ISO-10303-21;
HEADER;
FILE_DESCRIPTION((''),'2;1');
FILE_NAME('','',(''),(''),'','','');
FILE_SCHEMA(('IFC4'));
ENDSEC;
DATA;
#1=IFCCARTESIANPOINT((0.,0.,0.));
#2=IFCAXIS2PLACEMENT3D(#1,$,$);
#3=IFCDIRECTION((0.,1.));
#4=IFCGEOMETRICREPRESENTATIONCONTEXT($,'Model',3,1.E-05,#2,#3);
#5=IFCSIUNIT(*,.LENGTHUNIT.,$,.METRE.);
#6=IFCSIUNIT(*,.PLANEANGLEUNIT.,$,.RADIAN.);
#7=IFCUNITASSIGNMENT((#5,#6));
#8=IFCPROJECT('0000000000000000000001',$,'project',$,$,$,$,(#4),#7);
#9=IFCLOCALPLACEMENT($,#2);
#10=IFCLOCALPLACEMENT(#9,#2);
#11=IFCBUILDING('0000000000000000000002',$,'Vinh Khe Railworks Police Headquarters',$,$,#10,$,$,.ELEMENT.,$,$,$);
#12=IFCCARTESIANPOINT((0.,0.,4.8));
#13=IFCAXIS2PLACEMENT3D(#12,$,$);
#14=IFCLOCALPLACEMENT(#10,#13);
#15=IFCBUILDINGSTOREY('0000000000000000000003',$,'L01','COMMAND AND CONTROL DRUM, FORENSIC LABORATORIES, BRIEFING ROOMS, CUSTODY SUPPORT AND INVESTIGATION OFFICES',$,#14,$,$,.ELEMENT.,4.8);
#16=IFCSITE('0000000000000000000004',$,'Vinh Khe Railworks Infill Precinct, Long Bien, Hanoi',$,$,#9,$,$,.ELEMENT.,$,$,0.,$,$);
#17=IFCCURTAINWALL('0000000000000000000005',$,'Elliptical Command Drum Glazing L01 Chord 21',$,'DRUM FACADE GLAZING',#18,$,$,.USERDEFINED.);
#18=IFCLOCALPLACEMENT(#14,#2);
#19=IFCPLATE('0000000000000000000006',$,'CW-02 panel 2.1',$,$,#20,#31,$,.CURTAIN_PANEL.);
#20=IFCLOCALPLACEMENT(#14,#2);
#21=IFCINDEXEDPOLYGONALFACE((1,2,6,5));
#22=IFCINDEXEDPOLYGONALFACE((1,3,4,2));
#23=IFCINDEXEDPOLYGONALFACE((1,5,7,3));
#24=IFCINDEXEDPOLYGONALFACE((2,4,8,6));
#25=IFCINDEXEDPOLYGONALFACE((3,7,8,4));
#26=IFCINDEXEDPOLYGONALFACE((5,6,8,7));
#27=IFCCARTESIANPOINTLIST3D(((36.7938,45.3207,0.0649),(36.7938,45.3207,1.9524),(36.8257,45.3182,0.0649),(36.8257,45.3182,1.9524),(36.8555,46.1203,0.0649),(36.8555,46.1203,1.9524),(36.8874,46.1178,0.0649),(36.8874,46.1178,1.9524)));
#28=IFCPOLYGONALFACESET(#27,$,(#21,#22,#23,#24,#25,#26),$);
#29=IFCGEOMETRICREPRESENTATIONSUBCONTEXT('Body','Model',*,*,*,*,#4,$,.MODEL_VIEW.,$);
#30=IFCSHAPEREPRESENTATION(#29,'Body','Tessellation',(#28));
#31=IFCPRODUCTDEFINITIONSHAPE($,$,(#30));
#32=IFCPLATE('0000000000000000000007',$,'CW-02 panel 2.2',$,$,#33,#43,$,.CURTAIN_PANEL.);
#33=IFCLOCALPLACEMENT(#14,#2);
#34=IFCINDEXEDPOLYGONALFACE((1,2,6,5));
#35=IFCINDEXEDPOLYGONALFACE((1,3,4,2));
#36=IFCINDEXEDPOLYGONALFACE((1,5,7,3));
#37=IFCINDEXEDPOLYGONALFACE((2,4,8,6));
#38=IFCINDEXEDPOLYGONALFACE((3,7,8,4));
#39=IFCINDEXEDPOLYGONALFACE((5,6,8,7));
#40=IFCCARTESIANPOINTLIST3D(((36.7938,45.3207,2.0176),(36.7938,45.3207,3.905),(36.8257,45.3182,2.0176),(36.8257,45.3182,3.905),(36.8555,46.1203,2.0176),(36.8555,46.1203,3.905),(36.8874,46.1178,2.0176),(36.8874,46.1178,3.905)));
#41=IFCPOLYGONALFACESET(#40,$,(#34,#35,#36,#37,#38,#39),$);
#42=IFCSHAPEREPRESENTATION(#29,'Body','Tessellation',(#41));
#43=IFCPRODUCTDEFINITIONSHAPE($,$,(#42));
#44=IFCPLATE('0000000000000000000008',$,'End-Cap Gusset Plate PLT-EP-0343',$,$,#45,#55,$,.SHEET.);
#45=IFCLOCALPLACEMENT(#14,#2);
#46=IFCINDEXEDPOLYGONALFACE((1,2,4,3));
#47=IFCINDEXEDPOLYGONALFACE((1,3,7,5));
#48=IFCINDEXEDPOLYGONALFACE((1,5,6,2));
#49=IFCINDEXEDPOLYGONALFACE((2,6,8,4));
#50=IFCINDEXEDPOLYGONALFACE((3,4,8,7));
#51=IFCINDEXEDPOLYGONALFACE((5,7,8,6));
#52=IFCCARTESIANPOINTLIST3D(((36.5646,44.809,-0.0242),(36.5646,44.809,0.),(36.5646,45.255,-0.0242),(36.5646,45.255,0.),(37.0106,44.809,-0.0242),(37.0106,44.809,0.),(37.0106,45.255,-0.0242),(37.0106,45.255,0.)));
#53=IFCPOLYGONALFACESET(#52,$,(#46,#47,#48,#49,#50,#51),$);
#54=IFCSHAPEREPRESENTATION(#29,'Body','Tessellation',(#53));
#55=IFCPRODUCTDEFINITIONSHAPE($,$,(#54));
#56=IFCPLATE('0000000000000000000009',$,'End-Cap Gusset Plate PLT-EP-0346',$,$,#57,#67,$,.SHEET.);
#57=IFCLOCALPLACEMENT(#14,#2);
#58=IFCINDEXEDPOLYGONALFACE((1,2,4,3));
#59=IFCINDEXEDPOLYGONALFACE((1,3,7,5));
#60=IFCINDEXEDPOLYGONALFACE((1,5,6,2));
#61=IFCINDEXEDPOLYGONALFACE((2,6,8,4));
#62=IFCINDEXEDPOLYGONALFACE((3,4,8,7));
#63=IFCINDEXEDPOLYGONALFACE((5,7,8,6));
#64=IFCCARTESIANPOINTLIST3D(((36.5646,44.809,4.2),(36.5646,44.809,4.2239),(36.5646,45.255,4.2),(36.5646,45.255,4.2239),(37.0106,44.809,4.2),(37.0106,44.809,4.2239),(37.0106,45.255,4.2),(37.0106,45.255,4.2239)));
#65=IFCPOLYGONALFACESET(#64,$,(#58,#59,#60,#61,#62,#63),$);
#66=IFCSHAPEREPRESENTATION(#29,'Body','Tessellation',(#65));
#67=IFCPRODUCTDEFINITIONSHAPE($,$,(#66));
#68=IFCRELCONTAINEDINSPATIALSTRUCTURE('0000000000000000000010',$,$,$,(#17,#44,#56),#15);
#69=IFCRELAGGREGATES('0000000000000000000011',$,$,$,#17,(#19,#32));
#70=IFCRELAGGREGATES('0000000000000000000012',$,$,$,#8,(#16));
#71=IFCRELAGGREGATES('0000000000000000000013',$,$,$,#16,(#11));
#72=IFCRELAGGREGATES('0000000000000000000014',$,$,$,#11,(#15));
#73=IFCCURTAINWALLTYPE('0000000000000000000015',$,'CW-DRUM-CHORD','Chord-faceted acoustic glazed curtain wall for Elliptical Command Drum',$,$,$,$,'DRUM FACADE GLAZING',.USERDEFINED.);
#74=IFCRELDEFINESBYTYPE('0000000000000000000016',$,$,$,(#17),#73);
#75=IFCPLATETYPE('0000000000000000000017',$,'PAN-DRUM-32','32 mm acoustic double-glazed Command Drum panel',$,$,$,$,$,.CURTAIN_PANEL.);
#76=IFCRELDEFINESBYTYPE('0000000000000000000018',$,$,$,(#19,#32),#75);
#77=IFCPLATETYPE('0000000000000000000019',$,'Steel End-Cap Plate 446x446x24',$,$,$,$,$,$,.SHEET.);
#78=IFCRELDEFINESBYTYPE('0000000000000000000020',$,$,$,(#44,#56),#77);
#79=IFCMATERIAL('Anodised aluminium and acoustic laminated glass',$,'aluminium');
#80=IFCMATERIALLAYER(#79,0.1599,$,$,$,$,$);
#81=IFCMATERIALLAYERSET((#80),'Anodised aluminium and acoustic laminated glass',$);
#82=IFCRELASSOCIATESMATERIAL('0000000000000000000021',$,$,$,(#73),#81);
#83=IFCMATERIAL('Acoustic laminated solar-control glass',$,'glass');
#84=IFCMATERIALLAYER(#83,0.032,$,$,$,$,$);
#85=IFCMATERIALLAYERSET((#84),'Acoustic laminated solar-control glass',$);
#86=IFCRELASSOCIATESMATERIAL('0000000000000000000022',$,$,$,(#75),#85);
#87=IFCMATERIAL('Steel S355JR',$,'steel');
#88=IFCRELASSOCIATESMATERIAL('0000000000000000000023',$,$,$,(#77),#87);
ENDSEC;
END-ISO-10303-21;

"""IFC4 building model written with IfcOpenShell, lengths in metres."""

from ifc_helpers import new_model, si_unit, direction, frame, origin, origin_2d, place, context, subcontext, project, spatial, rectangle, extrude, material, layer, layer_set, material_profile, profile_set, type_object, element, aggregate, save


model = new_model("IFC4")

# Units and contexts
model_context = context("Model", 3, precision=1e-05, world=origin(), true_north=direction((0.0, 1.0)))
body_context = subcontext(model_context, "Body", "Model", "MODEL_VIEW")
ifc_project = project(units=[si_unit("LENGTHUNIT", "METRE"), si_unit("PLANEANGLEUNIT", "RADIAN")], contexts=[model_context])

# Site, building, storey
site_placement = place(None, origin())
site = spatial("IfcSite", under=ifc_project, at=site_placement, Name="Vinh Khe Railworks Infill Precinct, Long Bien, Hanoi", CompositionType="ELEMENT", RefElevation=0.0)
building_placement = place(site_placement, origin())
building = spatial("IfcBuilding", under=site, at=building_placement, Name="Vinh Khe Railworks Police Headquarters", CompositionType="ELEMENT")
storey_placement = place(building_placement, frame((0.0, 0.0, 4.8)))
storey = spatial("IfcBuildingStorey", under=building, at=storey_placement, Name="L01", Description="COMMAND AND CONTROL DRUM, FORENSIC LABORATORIES, BRIEFING ROOMS, CUSTODY SUPPORT AND INVESTIGATION OFFICES", CompositionType="ELEMENT", Elevation=4.8)

# Shared definitions
ifc_material_1 = material(Name="Steel S355JR", Category="steel")

# Curtain wall
ifc_material_2 = material(Name="Anodised aluminium and acoustic laminated glass", Category="aluminium")
ifc_layer_1 = layer(ifc_material_2, 0.1599)
ifc_layer_set_1 = layer_set([ifc_layer_1], Name="Anodised aluminium and acoustic laminated glass")
curtain_wall_type = type_object("IfcCurtainWallType", Name="CW-DRUM-CHORD", Description="Chord-faceted acoustic glazed curtain wall for Elliptical Command Drum", ElementType="DRUM FACADE GLAZING", PredefinedType="USERDEFINED", material=ifc_layer_set_1)
curtain_wall_1_placement = place(storey_placement, origin())
curtain_wall_1 = element("IfcCurtainWall", 1, at=curtain_wall_1_placement, inside=storey, type_object=curtain_wall_type, Name="Elliptical Command Drum Glazing L01 Chord 21", ObjectType="DRUM FACADE GLAZING", PredefinedType="USERDEFINED")

# Plates
ifc_material_3 = material(Name="Acoustic laminated solar-control glass", Category="glass")
ifc_layer_2 = layer(ifc_material_3, 0.032)
ifc_layer_set_2 = layer_set([ifc_layer_2], Name="Acoustic laminated solar-control glass")
plate_type_1 = type_object("IfcPlateType", Name="PAN-DRUM-32", Description="32 mm acoustic double-glazed Command Drum panel", PredefinedType="CURTAIN_PANEL", material=ifc_layer_set_2)
plate_1_placement = place(storey_placement, frame((36.8406, 45.7192, 0.0649), z_axis=(0.0, 0.0, 1.0), x_axis=(-0.076972, -0.997033, 0.0)))
plate_1 = element("IfcPlate", 2, at=plate_1_placement, type_object=plate_type_1, Name="CW-02 panel 2.1", PredefinedType="CURTAIN_PANEL", context=body_context, shape_type="SweptSolid", body=[
    extrude(rectangle(XDim=0.802, YDim=0.032, at=origin_2d()), origin(), (0.0, 0.0, 1.0), 1.8875),
])
plate_2_placement = place(storey_placement, frame((36.8406, 45.7192, 2.0176), z_axis=(0.0, 0.0, 1.0), x_axis=(-0.076972, -0.997033, 0.0)))
plate_2 = element("IfcPlate", 3, at=plate_2_placement, type_object=plate_type_1, Name="CW-02 panel 2.2", PredefinedType="CURTAIN_PANEL", context=body_context, shape_type="SweptSolid", body=[
    extrude(rectangle(XDim=0.802, YDim=0.032, at=origin_2d()), origin(), (0.0, 0.0, 1.0), 1.8875),
])
aggregate(curtain_wall_1, [plate_1, plate_2])

# Plates
ifc_material_profile_1 = material_profile(ifc_material_1, rectangle(XDim=0.446, YDim=0.446, at=origin_2d()), Name="PL 446x446")
ifc_profile_set_1 = profile_set([ifc_material_profile_1], Name="Steel S355JR")
plate_type_2 = type_object("IfcPlateType", Name="Steel End-Cap Plate 446x446x24", PredefinedType="SHEET", material=ifc_profile_set_1)
plate_3_placement = place(storey_placement, frame((36.7876, 45.032, 0.0), z_axis=(0.0, 0.0, -1.0), x_axis=(1.0, 0.0, 0.0)))
element("IfcPlate", 4, at=plate_3_placement, inside=storey, type_object=plate_type_2, Name="End-Cap Gusset Plate PLT-EP-0343", PredefinedType="SHEET", context=body_context, shape_type="SweptSolid", body=[
    extrude(rectangle(XDim=0.446, YDim=0.446, at=origin_2d()), origin(), (0.0, 0.0, 1.0), 0.0242),
])
plate_4_placement = place(storey_placement, frame((36.7876, 45.032, 4.2), z_axis=(0.0, 0.0, 1.0), x_axis=(1.0, 0.0, 0.0)))
element("IfcPlate", 5, at=plate_4_placement, inside=storey, type_object=plate_type_2, Name="End-Cap Gusset Plate PLT-EP-0346", PredefinedType="SHEET", context=body_context, shape_type="SweptSolid", body=[
    extrude(rectangle(XDim=0.446, YDim=0.446, at=origin_2d()), origin(), (0.0, 0.0, 1.0), 0.0239),
])

save(model, "model.ifc")
